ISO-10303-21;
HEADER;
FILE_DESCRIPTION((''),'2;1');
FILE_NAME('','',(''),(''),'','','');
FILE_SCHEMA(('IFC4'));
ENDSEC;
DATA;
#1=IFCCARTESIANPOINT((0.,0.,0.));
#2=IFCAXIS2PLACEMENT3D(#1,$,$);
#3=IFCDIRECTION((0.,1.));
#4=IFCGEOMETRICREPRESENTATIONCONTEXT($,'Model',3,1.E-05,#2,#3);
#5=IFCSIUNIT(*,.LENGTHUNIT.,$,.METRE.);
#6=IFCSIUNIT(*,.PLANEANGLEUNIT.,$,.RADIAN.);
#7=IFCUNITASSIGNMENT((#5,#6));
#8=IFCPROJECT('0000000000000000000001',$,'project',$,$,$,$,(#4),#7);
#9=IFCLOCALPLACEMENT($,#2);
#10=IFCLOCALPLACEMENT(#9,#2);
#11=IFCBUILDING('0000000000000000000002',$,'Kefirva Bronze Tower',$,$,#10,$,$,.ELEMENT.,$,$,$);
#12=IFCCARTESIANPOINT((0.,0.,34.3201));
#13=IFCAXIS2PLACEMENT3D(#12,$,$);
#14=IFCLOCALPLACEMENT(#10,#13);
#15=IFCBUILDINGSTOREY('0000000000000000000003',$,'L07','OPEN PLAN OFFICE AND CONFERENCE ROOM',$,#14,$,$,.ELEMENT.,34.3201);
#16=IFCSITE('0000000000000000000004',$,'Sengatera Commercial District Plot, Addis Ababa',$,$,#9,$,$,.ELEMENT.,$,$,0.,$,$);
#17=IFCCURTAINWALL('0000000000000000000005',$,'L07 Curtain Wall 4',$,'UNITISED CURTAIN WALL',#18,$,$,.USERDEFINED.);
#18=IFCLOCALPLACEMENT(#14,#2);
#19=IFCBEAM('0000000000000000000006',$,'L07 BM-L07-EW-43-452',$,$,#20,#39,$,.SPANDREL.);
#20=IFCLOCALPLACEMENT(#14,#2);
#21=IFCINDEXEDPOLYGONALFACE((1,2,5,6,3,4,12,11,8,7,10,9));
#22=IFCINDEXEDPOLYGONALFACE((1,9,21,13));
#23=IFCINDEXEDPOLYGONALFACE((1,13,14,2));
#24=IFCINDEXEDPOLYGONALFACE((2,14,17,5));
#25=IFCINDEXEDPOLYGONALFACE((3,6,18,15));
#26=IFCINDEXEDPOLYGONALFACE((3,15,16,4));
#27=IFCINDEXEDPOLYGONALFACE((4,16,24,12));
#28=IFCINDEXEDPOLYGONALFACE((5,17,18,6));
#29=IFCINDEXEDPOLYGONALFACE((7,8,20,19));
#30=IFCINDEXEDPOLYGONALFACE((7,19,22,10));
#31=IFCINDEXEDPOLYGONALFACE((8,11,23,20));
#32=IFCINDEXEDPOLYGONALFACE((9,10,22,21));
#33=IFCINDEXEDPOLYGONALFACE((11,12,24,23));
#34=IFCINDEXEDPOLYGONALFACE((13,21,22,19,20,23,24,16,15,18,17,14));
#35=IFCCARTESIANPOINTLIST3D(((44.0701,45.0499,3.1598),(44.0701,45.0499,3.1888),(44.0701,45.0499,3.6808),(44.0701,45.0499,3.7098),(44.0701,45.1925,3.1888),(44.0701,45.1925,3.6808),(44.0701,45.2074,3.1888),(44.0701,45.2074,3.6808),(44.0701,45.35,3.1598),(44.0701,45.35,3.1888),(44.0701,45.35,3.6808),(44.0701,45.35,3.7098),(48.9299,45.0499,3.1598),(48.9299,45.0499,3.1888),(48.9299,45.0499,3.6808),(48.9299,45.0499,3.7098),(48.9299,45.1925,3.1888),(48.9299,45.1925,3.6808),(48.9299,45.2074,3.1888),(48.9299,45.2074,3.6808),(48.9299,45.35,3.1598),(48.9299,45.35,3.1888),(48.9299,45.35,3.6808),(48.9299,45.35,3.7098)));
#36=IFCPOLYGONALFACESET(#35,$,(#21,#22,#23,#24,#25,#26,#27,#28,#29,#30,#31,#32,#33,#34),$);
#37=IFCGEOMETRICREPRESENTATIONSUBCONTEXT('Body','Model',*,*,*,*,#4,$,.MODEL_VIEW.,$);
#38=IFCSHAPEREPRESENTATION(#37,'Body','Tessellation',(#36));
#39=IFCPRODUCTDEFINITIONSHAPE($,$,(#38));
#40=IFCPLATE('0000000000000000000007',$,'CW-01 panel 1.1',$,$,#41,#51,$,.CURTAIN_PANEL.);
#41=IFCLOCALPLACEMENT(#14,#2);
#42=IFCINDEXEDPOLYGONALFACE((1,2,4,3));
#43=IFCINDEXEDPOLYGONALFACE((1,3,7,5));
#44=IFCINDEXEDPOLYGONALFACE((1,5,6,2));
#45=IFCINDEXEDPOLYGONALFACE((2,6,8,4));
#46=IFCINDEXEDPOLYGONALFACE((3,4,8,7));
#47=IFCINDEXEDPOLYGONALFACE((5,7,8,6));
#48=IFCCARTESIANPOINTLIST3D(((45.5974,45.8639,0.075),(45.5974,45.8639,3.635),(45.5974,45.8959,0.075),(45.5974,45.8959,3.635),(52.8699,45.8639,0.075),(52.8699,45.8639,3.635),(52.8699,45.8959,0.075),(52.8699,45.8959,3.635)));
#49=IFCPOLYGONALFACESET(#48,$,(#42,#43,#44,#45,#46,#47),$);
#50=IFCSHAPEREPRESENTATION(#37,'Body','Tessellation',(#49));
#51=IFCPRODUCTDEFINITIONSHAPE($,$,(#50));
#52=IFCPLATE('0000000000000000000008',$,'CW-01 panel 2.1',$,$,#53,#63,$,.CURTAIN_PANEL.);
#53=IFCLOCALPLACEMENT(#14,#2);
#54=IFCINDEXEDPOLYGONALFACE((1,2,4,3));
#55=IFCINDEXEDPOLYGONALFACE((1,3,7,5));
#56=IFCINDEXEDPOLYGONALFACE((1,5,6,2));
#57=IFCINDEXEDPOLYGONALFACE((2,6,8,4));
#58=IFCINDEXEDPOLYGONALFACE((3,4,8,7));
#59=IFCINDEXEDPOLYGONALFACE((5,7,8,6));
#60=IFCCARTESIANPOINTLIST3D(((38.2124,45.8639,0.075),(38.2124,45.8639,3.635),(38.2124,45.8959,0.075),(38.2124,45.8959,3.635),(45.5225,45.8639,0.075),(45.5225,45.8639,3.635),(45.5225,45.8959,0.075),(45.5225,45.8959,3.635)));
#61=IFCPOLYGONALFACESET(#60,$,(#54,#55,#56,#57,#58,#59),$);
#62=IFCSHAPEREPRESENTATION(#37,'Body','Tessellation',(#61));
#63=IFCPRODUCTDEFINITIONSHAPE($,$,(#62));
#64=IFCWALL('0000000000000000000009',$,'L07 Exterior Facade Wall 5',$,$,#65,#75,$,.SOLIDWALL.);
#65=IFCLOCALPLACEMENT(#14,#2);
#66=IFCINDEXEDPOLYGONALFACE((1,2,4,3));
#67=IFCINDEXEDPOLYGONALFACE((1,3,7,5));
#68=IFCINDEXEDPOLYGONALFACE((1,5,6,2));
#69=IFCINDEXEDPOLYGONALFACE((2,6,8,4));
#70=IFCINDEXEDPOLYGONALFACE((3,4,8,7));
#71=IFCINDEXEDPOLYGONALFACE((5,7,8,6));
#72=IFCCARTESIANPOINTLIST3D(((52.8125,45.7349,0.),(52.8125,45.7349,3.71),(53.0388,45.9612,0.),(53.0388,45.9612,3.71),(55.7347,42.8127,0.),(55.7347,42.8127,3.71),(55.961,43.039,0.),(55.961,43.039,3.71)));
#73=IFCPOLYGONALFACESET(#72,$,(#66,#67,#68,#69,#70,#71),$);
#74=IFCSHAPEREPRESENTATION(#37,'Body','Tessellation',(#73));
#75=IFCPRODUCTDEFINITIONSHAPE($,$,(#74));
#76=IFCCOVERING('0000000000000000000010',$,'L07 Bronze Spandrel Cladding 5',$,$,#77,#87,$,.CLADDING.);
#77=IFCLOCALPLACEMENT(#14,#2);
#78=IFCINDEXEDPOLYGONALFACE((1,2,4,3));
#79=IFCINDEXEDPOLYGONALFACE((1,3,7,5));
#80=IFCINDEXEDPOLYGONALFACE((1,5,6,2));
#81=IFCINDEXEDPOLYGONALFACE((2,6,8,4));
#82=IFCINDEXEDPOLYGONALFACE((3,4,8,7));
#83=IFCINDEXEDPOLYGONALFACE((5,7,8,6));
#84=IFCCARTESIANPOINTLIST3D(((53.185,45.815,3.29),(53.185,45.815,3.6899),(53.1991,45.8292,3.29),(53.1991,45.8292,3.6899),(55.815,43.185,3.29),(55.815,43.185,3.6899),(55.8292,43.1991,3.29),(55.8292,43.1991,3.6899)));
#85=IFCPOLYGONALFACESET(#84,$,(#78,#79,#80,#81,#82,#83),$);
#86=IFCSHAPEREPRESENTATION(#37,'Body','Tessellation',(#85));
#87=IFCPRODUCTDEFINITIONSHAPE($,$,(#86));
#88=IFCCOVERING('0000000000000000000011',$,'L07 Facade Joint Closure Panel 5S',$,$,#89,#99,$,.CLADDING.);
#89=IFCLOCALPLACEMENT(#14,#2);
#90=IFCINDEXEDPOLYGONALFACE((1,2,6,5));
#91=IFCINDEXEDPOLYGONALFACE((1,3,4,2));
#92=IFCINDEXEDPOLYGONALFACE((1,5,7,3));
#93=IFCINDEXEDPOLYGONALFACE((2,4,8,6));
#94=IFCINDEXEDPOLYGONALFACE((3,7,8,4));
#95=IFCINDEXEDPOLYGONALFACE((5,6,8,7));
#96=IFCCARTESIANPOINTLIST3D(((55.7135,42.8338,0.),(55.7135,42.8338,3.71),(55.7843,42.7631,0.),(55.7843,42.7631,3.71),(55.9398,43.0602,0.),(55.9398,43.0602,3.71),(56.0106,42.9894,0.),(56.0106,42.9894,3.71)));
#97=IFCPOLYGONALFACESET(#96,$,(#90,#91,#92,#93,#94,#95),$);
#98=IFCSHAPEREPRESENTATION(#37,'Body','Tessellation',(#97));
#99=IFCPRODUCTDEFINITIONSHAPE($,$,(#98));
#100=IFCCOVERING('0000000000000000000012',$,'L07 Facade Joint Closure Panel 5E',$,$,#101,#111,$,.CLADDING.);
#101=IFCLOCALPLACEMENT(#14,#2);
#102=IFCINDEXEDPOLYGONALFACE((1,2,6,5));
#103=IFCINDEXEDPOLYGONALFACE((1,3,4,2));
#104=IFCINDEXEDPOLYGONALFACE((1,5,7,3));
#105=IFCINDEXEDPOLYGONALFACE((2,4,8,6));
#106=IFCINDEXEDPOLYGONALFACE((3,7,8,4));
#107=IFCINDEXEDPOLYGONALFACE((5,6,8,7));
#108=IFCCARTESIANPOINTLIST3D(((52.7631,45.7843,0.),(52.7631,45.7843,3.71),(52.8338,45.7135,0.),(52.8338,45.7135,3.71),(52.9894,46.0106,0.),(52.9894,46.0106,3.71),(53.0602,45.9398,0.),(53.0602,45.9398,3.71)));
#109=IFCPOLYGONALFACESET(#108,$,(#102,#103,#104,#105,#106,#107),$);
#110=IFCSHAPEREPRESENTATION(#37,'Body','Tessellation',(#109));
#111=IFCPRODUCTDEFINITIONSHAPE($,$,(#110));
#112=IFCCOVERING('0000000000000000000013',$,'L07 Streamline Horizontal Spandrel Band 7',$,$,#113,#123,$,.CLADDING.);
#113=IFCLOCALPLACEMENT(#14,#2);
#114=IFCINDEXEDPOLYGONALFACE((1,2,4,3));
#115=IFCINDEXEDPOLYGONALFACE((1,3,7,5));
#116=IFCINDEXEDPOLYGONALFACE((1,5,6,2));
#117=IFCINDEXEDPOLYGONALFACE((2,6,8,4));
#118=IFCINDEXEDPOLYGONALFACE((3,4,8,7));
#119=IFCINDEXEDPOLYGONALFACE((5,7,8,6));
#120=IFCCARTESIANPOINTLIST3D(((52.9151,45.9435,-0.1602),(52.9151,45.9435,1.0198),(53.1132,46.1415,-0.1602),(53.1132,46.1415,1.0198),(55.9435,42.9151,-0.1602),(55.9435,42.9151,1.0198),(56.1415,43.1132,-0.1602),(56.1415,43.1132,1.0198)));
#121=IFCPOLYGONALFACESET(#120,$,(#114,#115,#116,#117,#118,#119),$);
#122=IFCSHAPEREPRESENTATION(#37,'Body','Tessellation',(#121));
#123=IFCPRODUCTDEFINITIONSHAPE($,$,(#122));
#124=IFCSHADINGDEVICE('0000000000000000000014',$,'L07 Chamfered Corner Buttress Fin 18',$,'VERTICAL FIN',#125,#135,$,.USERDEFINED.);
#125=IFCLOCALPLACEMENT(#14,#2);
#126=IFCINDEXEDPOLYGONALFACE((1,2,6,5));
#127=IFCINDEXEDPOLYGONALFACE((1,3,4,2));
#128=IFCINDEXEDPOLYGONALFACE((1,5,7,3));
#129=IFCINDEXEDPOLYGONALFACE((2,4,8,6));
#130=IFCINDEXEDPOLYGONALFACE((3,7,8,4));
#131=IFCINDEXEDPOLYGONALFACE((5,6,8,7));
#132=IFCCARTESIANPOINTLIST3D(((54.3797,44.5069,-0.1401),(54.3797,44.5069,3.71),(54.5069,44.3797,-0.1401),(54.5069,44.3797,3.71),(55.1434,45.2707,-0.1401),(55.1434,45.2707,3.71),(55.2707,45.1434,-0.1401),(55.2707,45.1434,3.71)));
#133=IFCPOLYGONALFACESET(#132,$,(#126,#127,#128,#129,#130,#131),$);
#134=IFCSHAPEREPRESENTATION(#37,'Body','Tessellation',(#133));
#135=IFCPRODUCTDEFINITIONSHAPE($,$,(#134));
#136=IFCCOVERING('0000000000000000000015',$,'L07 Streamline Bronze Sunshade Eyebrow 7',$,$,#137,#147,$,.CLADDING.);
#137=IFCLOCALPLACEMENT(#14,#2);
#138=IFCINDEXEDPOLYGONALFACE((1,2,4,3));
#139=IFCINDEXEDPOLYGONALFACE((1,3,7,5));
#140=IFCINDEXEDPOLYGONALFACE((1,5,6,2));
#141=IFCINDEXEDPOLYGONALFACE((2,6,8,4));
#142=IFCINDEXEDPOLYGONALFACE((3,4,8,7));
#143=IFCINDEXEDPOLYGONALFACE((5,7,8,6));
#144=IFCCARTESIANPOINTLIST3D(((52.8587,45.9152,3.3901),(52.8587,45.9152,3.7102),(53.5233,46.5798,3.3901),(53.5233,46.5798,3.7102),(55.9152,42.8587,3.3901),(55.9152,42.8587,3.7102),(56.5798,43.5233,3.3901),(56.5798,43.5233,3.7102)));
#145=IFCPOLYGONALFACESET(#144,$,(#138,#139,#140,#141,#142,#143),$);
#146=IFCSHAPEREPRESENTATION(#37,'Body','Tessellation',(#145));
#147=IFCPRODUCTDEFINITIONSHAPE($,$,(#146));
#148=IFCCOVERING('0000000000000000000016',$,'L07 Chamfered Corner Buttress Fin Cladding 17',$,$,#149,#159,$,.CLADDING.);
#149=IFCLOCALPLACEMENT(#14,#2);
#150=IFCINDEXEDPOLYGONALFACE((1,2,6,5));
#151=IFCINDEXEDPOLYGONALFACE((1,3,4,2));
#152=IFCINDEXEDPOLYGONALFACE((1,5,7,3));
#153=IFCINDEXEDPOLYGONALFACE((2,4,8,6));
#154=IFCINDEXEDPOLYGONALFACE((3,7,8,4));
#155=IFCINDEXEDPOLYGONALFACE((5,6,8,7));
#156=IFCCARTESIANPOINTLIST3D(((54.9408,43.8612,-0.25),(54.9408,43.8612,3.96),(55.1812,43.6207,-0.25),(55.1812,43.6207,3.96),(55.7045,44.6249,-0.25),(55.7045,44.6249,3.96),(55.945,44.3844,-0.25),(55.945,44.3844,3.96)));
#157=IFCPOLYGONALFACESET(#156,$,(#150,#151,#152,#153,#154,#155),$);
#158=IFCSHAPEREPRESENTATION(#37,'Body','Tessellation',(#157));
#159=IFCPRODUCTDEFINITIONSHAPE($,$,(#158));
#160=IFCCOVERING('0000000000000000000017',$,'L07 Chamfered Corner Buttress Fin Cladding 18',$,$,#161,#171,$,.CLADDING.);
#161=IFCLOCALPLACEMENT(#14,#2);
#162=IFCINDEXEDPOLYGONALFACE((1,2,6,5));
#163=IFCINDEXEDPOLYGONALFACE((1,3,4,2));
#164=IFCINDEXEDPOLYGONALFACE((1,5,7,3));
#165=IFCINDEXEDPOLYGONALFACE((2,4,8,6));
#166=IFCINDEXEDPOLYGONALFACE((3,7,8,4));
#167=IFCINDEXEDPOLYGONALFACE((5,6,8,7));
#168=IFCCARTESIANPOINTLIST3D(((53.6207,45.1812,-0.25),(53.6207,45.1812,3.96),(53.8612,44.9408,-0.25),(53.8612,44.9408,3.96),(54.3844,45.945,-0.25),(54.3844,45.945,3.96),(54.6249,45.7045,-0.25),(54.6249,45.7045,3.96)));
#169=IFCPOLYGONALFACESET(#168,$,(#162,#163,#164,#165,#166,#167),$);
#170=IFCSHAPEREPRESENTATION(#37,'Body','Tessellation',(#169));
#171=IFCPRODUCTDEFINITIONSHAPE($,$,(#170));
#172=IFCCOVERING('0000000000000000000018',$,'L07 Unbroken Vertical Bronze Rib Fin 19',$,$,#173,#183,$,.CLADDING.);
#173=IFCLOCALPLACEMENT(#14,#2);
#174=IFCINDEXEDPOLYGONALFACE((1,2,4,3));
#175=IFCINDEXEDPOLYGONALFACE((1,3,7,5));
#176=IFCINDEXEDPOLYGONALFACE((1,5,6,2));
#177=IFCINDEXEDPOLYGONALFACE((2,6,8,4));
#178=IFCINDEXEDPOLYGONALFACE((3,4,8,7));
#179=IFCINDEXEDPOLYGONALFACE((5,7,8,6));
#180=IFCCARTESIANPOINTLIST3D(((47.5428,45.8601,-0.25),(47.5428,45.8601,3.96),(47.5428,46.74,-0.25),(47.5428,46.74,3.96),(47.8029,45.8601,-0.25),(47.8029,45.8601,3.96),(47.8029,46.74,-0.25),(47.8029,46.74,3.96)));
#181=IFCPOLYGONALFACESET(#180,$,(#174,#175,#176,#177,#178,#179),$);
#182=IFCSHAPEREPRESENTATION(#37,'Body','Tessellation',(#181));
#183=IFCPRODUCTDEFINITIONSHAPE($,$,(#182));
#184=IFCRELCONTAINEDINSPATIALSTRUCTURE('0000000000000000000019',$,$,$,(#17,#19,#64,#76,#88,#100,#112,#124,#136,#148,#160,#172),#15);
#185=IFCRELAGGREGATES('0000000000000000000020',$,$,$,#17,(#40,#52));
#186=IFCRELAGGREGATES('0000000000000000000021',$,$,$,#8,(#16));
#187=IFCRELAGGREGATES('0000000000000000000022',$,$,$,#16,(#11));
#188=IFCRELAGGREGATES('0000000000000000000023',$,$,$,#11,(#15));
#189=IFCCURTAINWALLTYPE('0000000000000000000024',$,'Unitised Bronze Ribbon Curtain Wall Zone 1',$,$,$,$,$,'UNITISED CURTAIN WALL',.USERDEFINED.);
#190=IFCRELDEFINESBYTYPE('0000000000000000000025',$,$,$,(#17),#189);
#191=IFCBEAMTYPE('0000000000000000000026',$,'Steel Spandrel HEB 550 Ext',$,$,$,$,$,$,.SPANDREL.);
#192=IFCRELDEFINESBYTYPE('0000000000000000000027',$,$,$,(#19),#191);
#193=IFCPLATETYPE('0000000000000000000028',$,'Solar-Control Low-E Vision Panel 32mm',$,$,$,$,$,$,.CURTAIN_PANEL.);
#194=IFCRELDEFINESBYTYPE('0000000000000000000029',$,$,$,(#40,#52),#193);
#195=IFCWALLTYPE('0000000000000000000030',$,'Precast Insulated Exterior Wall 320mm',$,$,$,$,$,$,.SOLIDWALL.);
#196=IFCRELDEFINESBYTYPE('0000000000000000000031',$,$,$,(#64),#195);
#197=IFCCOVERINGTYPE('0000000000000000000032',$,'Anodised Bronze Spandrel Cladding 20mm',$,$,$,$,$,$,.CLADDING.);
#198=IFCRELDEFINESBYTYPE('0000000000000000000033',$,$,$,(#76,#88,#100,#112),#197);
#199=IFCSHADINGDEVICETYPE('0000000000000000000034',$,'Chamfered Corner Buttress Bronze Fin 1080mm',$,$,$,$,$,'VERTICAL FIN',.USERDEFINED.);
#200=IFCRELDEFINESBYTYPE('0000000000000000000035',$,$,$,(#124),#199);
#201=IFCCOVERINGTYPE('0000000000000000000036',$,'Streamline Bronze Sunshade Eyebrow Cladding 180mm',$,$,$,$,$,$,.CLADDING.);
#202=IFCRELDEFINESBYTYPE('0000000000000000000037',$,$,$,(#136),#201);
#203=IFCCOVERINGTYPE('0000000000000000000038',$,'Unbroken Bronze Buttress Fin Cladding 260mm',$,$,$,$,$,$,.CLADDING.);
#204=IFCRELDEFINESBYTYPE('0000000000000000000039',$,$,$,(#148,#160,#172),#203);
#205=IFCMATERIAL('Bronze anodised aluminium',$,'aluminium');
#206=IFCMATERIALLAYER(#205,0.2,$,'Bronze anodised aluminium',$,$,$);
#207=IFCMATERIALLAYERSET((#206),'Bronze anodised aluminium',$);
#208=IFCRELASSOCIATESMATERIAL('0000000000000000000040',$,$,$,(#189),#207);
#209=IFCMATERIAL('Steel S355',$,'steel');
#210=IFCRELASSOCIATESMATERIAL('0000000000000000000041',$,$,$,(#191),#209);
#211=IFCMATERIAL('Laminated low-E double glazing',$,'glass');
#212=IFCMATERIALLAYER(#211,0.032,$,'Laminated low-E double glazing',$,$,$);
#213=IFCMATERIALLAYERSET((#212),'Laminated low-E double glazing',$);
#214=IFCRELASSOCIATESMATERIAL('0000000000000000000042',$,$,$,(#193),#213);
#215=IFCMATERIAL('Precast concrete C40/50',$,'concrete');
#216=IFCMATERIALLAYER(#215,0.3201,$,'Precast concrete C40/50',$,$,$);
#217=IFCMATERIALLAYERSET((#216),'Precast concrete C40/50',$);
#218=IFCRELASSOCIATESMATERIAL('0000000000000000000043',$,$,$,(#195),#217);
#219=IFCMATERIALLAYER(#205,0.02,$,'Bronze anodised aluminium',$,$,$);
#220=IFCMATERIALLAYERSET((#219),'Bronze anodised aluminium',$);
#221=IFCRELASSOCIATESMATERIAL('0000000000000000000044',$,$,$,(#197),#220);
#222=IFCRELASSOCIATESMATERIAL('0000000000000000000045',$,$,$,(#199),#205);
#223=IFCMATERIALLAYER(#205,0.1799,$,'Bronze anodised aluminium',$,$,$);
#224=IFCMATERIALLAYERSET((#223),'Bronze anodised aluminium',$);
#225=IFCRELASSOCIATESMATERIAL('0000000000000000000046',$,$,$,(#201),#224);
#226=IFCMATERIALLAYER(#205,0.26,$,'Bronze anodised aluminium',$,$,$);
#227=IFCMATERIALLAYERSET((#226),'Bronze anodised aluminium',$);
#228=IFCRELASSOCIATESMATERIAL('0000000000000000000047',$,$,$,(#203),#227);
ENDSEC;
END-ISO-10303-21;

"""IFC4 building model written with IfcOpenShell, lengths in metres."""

from ifc_helpers import new_model, si_unit, direction, frame, frame_2d, origin, origin_2d, place, context, subcontext, project, spatial, rectangle, i_section, extrude, material, layer, layer_set, material_profile, profile_set, type_object, element, aggregate, save


model = new_model("IFC4")

# Units and contexts
model_context = context("Model", 3, precision=1e-05, world=origin(), true_north=direction((0.0, 1.0)))
body_context = subcontext(model_context, "Body", "Model", "MODEL_VIEW")
ifc_project = project(units=[si_unit("LENGTHUNIT", "METRE"), si_unit("PLANEANGLEUNIT", "RADIAN")], contexts=[model_context])

# Site, building, storey
site_placement = place(None, origin())
site = spatial("IfcSite", under=ifc_project, at=site_placement, Name="Sengatera Commercial District Plot, Addis Ababa", CompositionType="ELEMENT", RefElevation=0.0)
building_placement = place(site_placement, origin())
building = spatial("IfcBuilding", under=site, at=building_placement, Name="Kefirva Bronze Tower", CompositionType="ELEMENT")
storey_placement = place(building_placement, frame((0.0, 0.0, 34.3201)))
storey = spatial("IfcBuildingStorey", under=building, at=storey_placement, Name="L07", Description="OPEN PLAN OFFICE AND CONFERENCE ROOM", CompositionType="ELEMENT", Elevation=34.3201)

# Shared definitions
ifc_material_1 = material(Name="Bronze anodised aluminium", Category="aluminium")
ifc_layer_1 = layer(ifc_material_1, 0.2, Name="Bronze anodised aluminium")
ifc_layer_set_1 = layer_set([ifc_layer_1], Name="Bronze anodised aluminium")
curtain_wall_type = type_object("IfcCurtainWallType", Name="Unitised Bronze Ribbon Curtain Wall Zone 1", ElementType="UNITISED CURTAIN WALL", PredefinedType="USERDEFINED", material=ifc_layer_set_1)

# Curtain wall
curtain_wall_1_placement = place(storey_placement, origin())
curtain_wall_1 = element("IfcCurtainWall", 1, at=curtain_wall_1_placement, inside=storey, type_object=curtain_wall_type, Name="L07 Curtain Wall 4", ObjectType="UNITISED CURTAIN WALL", PredefinedType="USERDEFINED")

# Beam
ifc_material_2 = material(Name="Steel S355", Category="steel")
ifc_material_profile_1 = material_profile(ifc_material_2, i_section(OverallWidth=0.3, OverallDepth=0.55, WebThickness=0.0149, FlangeThickness=0.0291, at=origin_2d()), Name="HEB 550")
ifc_profile_set_1 = profile_set([ifc_material_profile_1], Name="Steel S355")
beam_type_1 = type_object("IfcBeamType", Name="Steel Spandrel HEB 550 Ext", PredefinedType="SPANDREL", material=ifc_profile_set_1)
beam_1_placement = place(storey_placement, frame((44.0701, 45.2, 3.4348), z_axis=(1.0, 0.0, 0.0), x_axis=(0.0, 1.0, 0.0)))
element("IfcBeam", 2, at=beam_1_placement, inside=storey, type_object=beam_type_1, Name="L07 BM-L07-EW-43-452", PredefinedType="SPANDREL", context=body_context, shape_type="SweptSolid", body=[
    extrude(i_section(OverallWidth=0.3, OverallDepth=0.55, WebThickness=0.0149, FlangeThickness=0.0291, at=origin_2d()), origin(), (0.0, 0.0, 1.0), 4.8599),
])

# Plates
ifc_material_3 = material(Name="Laminated low-E double glazing", Category="glass")
ifc_layer_2 = layer(ifc_material_3, 0.032, Name="Laminated low-E double glazing")
ifc_layer_set_2 = layer_set([ifc_layer_2], Name="Laminated low-E double glazing")
plate_type = type_object("IfcPlateType", Name="Solar-Control Low-E Vision Panel 32mm", PredefinedType="CURTAIN_PANEL", material=ifc_layer_set_2)
plate_1_placement = place(storey_placement, frame((49.2336, 45.8799, 0.075), z_axis=(0.0, 0.0, 1.0), x_axis=(-1.0, 0.0, 0.0)))
plate_1 = element("IfcPlate", 3, at=plate_1_placement, type_object=plate_type, Name="CW-01 panel 1.1", PredefinedType="CURTAIN_PANEL", context=body_context, shape_type="SweptSolid", body=[
    extrude(rectangle(XDim=7.2725, YDim=0.032, at=origin_2d()), origin(), (0.0, 0.0, 1.0), 3.5601),
])
plate_2_placement = place(storey_placement, frame((41.8674, 45.8799, 0.075), z_axis=(0.0, 0.0, 1.0), x_axis=(-1.0, 0.0, 0.0)))
plate_2 = element("IfcPlate", 4, at=plate_2_placement, type_object=plate_type, Name="CW-01 panel 2.1", PredefinedType="CURTAIN_PANEL", context=body_context, shape_type="SweptSolid", body=[
    extrude(rectangle(XDim=7.3101, YDim=0.032, at=origin_2d()), origin(), (0.0, 0.0, 1.0), 3.5601),
])
aggregate(curtain_wall_1, [plate_1, plate_2])

# Wall
ifc_material_4 = material(Name="Precast concrete C40/50", Category="concrete")
ifc_layer_3 = layer(ifc_material_4, 0.3201, Name="Precast concrete C40/50")
ifc_layer_set_3 = layer_set([ifc_layer_3], Name="Precast concrete C40/50")
wall_type = type_object("IfcWallType", Name="Precast Insulated Exterior Wall 320mm", PredefinedType="SOLIDWALL", material=ifc_layer_set_3)
wall_placement = place(storey_placement, frame((55.8479, 42.9258, 0.0), z_axis=(0.0, 0.0, 1.0), x_axis=(-0.707107, 0.707107, 0.0)))
element("IfcWall", 5, at=wall_placement, inside=storey, type_object=wall_type, Name="L07 Exterior Facade Wall 5", PredefinedType="SOLIDWALL", context=body_context, shape_type="SweptSolid", body=[
    extrude(rectangle(XDim=4.1326, YDim=0.3201, at=frame_2d((2.0664, 0.0))), origin(), (0.0, 0.0, 1.0), 3.71),
])

# Coverings
ifc_layer_4 = layer(ifc_material_1, 0.02, Name="Bronze anodised aluminium")
ifc_layer_set_4 = layer_set([ifc_layer_4], Name="Bronze anodised aluminium")
covering_type_1 = type_object("IfcCoveringType", Name="Anodised Bronze Spandrel Cladding 20mm", PredefinedType="CLADDING", material=ifc_layer_set_4)
covering_1_placement = place(storey_placement, frame((54.5071, 44.5071, 3.29), z_axis=(0.0, 0.0, 1.0), x_axis=(-0.707107, 0.707107, 0.0)))
element("IfcCovering", 6, at=covering_1_placement, inside=storey, type_object=covering_type_1, Name="L07 Bronze Spandrel Cladding 5", PredefinedType="CLADDING", context=body_context, shape_type="SweptSolid", body=[
    extrude(rectangle(XDim=3.7195, YDim=0.02, at=origin_2d()), origin(), (0.0, 0.0, 1.0), 0.3999),
])
for number, where, z_axis, x_axis, name in (
    (7, (55.8621, 42.9116, 0.0), (0.0, 0.0, 1.0), (-0.707107, 0.707107, 0.0), "L07 Facade Joint Closure Panel 5S"),
    (8, (52.9116, 45.8621, 0.0), (0.0, 0.0, 1.0), (-0.707107, 0.707107, 0.0), "L07 Facade Joint Closure Panel 5E"),
):
    element("IfcCovering", number, at=place(storey_placement, frame(where, z_axis=z_axis, x_axis=x_axis)), inside=storey, type_object=covering_type_1, Name=name, PredefinedType="CLADDING", context=body_context, shape_type="SweptSolid", body=[
        extrude(rectangle(XDim=0.1001, YDim=0.3201, at=origin_2d()), origin(), (0.0, 0.0, 1.0), 3.71),
    ])
covering_2_placement = place(storey_placement, frame((54.5283, 44.5283, -0.1602), z_axis=(0.0, 0.0, 1.0), x_axis=(-0.707107, 0.707107, 0.0)))
element("IfcCovering", 9, at=covering_2_placement, inside=storey, type_object=covering_type_1, Name="L07 Streamline Horizontal Spandrel Band 7", PredefinedType="CLADDING", context=body_context, shape_type="SweptSolid", body=[
    extrude(rectangle(XDim=4.2827, YDim=0.28, at=origin_2d()), origin(), (0.0, 0.0, 1.0), 1.1799),
])

# Shading device
ifc_material_profile_2 = material_profile(ifc_material_1, rectangle(XDim=0.1799, YDim=1.0801, at=origin_2d()), Name="BRONZE BUTTRESS FIN 180x1080")
ifc_profile_set_2 = profile_set([ifc_material_profile_2], Name="Bronze anodised aluminium")
shading_device_type_1 = type_object("IfcShadingDeviceType", Name="Chamfered Corner Buttress Bronze Fin 1080mm", ElementType="VERTICAL FIN", PredefinedType="USERDEFINED", material=ifc_profile_set_2)
shading_device_1_placement = place(storey_placement, frame((54.8252, 44.8252, -0.1401), z_axis=(0.0, 0.0, 1.0), x_axis=(-0.707107, 0.707107, 0.0)))
element("IfcShadingDevice", 10, at=shading_device_1_placement, inside=storey, type_object=shading_device_type_1, Name="L07 Chamfered Corner Buttress Fin 18", ObjectType="VERTICAL FIN", PredefinedType="USERDEFINED", context=body_context, shape_type="SweptSolid", body=[
    extrude(rectangle(XDim=0.1799, YDim=1.0801, at=origin_2d()), origin(), (0.0, 0.0, 1.0), 3.8501),
])

# Coverings
ifc_layer_5 = layer(ifc_material_1, 0.1799, Name="Bronze anodised aluminium")
ifc_layer_set_5 = layer_set([ifc_layer_5], Name="Bronze anodised aluminium")
covering_type_2 = type_object("IfcCoveringType", Name="Streamline Bronze Sunshade Eyebrow Cladding 180mm", PredefinedType="CLADDING", material=ifc_layer_set_5)
covering_3_placement = place(storey_placement, frame((54.7192, 44.7192, 3.3901), z_axis=(0.0, 0.0, 1.0), x_axis=(-0.707107, 0.707107, 0.0)))
element("IfcCovering", 11, at=covering_3_placement, inside=storey, type_object=covering_type_2, Name="L07 Streamline Bronze Sunshade Eyebrow 7", PredefinedType="CLADDING", context=body_context, shape_type="SweptSolid", body=[
    extrude(rectangle(XDim=4.3225, YDim=0.9399, at=origin_2d()), origin(), (0.0, 0.0, 1.0), 0.3201),
])
ifc_layer_6 = layer(ifc_material_1, 0.26, Name="Bronze anodised aluminium")
ifc_layer_set_6 = layer_set([ifc_layer_6], Name="Bronze anodised aluminium")
covering_type_3 = type_object("IfcCoveringType", Name="Unbroken Bronze Buttress Fin Cladding 260mm", PredefinedType="CLADDING", material=ifc_layer_set_6)
for number, where, z_axis, x_axis, name in (
    (12, (55.4429, 44.1228, -0.25), (0.0, 0.0, 1.0), (-0.707107, 0.707107, 0.0), "L07 Chamfered Corner Buttress Fin Cladding 17"),
    (13, (54.1228, 45.4429, -0.25), (0.0, 0.0, 1.0), (-0.707107, 0.707107, 0.0), "L07 Chamfered Corner Buttress Fin Cladding 18"),
):
    element("IfcCovering", number, at=place(storey_placement, frame(where, z_axis=z_axis, x_axis=x_axis)), inside=storey, type_object=covering_type_3, Name=name, PredefinedType="CLADDING", context=body_context, shape_type="SweptSolid", body=[
        extrude(rectangle(XDim=0.3401, YDim=1.0801, at=origin_2d()), origin(), (0.0, 0.0, 1.0), 4.21),
    ])
for number, where, z_axis, x_axis, name in (
    (14, (47.6729, 46.3, -0.25), (0.0, 0.0, 1.0), (-1.0, 0.0, 0.0), "L07 Unbroken Vertical Bronze Rib Fin 19"),
):
    element("IfcCovering", number, at=place(storey_placement, frame(where, z_axis=z_axis, x_axis=x_axis)), inside=storey, type_object=covering_type_3, Name=name, PredefinedType="CLADDING", context=body_context, shape_type="SweptSolid", body=[
        extrude(rectangle(XDim=0.26, YDim=0.8799, at=origin_2d()), origin(), (0.0, 0.0, 1.0), 4.21),
    ])

save(model, "model.ifc")
